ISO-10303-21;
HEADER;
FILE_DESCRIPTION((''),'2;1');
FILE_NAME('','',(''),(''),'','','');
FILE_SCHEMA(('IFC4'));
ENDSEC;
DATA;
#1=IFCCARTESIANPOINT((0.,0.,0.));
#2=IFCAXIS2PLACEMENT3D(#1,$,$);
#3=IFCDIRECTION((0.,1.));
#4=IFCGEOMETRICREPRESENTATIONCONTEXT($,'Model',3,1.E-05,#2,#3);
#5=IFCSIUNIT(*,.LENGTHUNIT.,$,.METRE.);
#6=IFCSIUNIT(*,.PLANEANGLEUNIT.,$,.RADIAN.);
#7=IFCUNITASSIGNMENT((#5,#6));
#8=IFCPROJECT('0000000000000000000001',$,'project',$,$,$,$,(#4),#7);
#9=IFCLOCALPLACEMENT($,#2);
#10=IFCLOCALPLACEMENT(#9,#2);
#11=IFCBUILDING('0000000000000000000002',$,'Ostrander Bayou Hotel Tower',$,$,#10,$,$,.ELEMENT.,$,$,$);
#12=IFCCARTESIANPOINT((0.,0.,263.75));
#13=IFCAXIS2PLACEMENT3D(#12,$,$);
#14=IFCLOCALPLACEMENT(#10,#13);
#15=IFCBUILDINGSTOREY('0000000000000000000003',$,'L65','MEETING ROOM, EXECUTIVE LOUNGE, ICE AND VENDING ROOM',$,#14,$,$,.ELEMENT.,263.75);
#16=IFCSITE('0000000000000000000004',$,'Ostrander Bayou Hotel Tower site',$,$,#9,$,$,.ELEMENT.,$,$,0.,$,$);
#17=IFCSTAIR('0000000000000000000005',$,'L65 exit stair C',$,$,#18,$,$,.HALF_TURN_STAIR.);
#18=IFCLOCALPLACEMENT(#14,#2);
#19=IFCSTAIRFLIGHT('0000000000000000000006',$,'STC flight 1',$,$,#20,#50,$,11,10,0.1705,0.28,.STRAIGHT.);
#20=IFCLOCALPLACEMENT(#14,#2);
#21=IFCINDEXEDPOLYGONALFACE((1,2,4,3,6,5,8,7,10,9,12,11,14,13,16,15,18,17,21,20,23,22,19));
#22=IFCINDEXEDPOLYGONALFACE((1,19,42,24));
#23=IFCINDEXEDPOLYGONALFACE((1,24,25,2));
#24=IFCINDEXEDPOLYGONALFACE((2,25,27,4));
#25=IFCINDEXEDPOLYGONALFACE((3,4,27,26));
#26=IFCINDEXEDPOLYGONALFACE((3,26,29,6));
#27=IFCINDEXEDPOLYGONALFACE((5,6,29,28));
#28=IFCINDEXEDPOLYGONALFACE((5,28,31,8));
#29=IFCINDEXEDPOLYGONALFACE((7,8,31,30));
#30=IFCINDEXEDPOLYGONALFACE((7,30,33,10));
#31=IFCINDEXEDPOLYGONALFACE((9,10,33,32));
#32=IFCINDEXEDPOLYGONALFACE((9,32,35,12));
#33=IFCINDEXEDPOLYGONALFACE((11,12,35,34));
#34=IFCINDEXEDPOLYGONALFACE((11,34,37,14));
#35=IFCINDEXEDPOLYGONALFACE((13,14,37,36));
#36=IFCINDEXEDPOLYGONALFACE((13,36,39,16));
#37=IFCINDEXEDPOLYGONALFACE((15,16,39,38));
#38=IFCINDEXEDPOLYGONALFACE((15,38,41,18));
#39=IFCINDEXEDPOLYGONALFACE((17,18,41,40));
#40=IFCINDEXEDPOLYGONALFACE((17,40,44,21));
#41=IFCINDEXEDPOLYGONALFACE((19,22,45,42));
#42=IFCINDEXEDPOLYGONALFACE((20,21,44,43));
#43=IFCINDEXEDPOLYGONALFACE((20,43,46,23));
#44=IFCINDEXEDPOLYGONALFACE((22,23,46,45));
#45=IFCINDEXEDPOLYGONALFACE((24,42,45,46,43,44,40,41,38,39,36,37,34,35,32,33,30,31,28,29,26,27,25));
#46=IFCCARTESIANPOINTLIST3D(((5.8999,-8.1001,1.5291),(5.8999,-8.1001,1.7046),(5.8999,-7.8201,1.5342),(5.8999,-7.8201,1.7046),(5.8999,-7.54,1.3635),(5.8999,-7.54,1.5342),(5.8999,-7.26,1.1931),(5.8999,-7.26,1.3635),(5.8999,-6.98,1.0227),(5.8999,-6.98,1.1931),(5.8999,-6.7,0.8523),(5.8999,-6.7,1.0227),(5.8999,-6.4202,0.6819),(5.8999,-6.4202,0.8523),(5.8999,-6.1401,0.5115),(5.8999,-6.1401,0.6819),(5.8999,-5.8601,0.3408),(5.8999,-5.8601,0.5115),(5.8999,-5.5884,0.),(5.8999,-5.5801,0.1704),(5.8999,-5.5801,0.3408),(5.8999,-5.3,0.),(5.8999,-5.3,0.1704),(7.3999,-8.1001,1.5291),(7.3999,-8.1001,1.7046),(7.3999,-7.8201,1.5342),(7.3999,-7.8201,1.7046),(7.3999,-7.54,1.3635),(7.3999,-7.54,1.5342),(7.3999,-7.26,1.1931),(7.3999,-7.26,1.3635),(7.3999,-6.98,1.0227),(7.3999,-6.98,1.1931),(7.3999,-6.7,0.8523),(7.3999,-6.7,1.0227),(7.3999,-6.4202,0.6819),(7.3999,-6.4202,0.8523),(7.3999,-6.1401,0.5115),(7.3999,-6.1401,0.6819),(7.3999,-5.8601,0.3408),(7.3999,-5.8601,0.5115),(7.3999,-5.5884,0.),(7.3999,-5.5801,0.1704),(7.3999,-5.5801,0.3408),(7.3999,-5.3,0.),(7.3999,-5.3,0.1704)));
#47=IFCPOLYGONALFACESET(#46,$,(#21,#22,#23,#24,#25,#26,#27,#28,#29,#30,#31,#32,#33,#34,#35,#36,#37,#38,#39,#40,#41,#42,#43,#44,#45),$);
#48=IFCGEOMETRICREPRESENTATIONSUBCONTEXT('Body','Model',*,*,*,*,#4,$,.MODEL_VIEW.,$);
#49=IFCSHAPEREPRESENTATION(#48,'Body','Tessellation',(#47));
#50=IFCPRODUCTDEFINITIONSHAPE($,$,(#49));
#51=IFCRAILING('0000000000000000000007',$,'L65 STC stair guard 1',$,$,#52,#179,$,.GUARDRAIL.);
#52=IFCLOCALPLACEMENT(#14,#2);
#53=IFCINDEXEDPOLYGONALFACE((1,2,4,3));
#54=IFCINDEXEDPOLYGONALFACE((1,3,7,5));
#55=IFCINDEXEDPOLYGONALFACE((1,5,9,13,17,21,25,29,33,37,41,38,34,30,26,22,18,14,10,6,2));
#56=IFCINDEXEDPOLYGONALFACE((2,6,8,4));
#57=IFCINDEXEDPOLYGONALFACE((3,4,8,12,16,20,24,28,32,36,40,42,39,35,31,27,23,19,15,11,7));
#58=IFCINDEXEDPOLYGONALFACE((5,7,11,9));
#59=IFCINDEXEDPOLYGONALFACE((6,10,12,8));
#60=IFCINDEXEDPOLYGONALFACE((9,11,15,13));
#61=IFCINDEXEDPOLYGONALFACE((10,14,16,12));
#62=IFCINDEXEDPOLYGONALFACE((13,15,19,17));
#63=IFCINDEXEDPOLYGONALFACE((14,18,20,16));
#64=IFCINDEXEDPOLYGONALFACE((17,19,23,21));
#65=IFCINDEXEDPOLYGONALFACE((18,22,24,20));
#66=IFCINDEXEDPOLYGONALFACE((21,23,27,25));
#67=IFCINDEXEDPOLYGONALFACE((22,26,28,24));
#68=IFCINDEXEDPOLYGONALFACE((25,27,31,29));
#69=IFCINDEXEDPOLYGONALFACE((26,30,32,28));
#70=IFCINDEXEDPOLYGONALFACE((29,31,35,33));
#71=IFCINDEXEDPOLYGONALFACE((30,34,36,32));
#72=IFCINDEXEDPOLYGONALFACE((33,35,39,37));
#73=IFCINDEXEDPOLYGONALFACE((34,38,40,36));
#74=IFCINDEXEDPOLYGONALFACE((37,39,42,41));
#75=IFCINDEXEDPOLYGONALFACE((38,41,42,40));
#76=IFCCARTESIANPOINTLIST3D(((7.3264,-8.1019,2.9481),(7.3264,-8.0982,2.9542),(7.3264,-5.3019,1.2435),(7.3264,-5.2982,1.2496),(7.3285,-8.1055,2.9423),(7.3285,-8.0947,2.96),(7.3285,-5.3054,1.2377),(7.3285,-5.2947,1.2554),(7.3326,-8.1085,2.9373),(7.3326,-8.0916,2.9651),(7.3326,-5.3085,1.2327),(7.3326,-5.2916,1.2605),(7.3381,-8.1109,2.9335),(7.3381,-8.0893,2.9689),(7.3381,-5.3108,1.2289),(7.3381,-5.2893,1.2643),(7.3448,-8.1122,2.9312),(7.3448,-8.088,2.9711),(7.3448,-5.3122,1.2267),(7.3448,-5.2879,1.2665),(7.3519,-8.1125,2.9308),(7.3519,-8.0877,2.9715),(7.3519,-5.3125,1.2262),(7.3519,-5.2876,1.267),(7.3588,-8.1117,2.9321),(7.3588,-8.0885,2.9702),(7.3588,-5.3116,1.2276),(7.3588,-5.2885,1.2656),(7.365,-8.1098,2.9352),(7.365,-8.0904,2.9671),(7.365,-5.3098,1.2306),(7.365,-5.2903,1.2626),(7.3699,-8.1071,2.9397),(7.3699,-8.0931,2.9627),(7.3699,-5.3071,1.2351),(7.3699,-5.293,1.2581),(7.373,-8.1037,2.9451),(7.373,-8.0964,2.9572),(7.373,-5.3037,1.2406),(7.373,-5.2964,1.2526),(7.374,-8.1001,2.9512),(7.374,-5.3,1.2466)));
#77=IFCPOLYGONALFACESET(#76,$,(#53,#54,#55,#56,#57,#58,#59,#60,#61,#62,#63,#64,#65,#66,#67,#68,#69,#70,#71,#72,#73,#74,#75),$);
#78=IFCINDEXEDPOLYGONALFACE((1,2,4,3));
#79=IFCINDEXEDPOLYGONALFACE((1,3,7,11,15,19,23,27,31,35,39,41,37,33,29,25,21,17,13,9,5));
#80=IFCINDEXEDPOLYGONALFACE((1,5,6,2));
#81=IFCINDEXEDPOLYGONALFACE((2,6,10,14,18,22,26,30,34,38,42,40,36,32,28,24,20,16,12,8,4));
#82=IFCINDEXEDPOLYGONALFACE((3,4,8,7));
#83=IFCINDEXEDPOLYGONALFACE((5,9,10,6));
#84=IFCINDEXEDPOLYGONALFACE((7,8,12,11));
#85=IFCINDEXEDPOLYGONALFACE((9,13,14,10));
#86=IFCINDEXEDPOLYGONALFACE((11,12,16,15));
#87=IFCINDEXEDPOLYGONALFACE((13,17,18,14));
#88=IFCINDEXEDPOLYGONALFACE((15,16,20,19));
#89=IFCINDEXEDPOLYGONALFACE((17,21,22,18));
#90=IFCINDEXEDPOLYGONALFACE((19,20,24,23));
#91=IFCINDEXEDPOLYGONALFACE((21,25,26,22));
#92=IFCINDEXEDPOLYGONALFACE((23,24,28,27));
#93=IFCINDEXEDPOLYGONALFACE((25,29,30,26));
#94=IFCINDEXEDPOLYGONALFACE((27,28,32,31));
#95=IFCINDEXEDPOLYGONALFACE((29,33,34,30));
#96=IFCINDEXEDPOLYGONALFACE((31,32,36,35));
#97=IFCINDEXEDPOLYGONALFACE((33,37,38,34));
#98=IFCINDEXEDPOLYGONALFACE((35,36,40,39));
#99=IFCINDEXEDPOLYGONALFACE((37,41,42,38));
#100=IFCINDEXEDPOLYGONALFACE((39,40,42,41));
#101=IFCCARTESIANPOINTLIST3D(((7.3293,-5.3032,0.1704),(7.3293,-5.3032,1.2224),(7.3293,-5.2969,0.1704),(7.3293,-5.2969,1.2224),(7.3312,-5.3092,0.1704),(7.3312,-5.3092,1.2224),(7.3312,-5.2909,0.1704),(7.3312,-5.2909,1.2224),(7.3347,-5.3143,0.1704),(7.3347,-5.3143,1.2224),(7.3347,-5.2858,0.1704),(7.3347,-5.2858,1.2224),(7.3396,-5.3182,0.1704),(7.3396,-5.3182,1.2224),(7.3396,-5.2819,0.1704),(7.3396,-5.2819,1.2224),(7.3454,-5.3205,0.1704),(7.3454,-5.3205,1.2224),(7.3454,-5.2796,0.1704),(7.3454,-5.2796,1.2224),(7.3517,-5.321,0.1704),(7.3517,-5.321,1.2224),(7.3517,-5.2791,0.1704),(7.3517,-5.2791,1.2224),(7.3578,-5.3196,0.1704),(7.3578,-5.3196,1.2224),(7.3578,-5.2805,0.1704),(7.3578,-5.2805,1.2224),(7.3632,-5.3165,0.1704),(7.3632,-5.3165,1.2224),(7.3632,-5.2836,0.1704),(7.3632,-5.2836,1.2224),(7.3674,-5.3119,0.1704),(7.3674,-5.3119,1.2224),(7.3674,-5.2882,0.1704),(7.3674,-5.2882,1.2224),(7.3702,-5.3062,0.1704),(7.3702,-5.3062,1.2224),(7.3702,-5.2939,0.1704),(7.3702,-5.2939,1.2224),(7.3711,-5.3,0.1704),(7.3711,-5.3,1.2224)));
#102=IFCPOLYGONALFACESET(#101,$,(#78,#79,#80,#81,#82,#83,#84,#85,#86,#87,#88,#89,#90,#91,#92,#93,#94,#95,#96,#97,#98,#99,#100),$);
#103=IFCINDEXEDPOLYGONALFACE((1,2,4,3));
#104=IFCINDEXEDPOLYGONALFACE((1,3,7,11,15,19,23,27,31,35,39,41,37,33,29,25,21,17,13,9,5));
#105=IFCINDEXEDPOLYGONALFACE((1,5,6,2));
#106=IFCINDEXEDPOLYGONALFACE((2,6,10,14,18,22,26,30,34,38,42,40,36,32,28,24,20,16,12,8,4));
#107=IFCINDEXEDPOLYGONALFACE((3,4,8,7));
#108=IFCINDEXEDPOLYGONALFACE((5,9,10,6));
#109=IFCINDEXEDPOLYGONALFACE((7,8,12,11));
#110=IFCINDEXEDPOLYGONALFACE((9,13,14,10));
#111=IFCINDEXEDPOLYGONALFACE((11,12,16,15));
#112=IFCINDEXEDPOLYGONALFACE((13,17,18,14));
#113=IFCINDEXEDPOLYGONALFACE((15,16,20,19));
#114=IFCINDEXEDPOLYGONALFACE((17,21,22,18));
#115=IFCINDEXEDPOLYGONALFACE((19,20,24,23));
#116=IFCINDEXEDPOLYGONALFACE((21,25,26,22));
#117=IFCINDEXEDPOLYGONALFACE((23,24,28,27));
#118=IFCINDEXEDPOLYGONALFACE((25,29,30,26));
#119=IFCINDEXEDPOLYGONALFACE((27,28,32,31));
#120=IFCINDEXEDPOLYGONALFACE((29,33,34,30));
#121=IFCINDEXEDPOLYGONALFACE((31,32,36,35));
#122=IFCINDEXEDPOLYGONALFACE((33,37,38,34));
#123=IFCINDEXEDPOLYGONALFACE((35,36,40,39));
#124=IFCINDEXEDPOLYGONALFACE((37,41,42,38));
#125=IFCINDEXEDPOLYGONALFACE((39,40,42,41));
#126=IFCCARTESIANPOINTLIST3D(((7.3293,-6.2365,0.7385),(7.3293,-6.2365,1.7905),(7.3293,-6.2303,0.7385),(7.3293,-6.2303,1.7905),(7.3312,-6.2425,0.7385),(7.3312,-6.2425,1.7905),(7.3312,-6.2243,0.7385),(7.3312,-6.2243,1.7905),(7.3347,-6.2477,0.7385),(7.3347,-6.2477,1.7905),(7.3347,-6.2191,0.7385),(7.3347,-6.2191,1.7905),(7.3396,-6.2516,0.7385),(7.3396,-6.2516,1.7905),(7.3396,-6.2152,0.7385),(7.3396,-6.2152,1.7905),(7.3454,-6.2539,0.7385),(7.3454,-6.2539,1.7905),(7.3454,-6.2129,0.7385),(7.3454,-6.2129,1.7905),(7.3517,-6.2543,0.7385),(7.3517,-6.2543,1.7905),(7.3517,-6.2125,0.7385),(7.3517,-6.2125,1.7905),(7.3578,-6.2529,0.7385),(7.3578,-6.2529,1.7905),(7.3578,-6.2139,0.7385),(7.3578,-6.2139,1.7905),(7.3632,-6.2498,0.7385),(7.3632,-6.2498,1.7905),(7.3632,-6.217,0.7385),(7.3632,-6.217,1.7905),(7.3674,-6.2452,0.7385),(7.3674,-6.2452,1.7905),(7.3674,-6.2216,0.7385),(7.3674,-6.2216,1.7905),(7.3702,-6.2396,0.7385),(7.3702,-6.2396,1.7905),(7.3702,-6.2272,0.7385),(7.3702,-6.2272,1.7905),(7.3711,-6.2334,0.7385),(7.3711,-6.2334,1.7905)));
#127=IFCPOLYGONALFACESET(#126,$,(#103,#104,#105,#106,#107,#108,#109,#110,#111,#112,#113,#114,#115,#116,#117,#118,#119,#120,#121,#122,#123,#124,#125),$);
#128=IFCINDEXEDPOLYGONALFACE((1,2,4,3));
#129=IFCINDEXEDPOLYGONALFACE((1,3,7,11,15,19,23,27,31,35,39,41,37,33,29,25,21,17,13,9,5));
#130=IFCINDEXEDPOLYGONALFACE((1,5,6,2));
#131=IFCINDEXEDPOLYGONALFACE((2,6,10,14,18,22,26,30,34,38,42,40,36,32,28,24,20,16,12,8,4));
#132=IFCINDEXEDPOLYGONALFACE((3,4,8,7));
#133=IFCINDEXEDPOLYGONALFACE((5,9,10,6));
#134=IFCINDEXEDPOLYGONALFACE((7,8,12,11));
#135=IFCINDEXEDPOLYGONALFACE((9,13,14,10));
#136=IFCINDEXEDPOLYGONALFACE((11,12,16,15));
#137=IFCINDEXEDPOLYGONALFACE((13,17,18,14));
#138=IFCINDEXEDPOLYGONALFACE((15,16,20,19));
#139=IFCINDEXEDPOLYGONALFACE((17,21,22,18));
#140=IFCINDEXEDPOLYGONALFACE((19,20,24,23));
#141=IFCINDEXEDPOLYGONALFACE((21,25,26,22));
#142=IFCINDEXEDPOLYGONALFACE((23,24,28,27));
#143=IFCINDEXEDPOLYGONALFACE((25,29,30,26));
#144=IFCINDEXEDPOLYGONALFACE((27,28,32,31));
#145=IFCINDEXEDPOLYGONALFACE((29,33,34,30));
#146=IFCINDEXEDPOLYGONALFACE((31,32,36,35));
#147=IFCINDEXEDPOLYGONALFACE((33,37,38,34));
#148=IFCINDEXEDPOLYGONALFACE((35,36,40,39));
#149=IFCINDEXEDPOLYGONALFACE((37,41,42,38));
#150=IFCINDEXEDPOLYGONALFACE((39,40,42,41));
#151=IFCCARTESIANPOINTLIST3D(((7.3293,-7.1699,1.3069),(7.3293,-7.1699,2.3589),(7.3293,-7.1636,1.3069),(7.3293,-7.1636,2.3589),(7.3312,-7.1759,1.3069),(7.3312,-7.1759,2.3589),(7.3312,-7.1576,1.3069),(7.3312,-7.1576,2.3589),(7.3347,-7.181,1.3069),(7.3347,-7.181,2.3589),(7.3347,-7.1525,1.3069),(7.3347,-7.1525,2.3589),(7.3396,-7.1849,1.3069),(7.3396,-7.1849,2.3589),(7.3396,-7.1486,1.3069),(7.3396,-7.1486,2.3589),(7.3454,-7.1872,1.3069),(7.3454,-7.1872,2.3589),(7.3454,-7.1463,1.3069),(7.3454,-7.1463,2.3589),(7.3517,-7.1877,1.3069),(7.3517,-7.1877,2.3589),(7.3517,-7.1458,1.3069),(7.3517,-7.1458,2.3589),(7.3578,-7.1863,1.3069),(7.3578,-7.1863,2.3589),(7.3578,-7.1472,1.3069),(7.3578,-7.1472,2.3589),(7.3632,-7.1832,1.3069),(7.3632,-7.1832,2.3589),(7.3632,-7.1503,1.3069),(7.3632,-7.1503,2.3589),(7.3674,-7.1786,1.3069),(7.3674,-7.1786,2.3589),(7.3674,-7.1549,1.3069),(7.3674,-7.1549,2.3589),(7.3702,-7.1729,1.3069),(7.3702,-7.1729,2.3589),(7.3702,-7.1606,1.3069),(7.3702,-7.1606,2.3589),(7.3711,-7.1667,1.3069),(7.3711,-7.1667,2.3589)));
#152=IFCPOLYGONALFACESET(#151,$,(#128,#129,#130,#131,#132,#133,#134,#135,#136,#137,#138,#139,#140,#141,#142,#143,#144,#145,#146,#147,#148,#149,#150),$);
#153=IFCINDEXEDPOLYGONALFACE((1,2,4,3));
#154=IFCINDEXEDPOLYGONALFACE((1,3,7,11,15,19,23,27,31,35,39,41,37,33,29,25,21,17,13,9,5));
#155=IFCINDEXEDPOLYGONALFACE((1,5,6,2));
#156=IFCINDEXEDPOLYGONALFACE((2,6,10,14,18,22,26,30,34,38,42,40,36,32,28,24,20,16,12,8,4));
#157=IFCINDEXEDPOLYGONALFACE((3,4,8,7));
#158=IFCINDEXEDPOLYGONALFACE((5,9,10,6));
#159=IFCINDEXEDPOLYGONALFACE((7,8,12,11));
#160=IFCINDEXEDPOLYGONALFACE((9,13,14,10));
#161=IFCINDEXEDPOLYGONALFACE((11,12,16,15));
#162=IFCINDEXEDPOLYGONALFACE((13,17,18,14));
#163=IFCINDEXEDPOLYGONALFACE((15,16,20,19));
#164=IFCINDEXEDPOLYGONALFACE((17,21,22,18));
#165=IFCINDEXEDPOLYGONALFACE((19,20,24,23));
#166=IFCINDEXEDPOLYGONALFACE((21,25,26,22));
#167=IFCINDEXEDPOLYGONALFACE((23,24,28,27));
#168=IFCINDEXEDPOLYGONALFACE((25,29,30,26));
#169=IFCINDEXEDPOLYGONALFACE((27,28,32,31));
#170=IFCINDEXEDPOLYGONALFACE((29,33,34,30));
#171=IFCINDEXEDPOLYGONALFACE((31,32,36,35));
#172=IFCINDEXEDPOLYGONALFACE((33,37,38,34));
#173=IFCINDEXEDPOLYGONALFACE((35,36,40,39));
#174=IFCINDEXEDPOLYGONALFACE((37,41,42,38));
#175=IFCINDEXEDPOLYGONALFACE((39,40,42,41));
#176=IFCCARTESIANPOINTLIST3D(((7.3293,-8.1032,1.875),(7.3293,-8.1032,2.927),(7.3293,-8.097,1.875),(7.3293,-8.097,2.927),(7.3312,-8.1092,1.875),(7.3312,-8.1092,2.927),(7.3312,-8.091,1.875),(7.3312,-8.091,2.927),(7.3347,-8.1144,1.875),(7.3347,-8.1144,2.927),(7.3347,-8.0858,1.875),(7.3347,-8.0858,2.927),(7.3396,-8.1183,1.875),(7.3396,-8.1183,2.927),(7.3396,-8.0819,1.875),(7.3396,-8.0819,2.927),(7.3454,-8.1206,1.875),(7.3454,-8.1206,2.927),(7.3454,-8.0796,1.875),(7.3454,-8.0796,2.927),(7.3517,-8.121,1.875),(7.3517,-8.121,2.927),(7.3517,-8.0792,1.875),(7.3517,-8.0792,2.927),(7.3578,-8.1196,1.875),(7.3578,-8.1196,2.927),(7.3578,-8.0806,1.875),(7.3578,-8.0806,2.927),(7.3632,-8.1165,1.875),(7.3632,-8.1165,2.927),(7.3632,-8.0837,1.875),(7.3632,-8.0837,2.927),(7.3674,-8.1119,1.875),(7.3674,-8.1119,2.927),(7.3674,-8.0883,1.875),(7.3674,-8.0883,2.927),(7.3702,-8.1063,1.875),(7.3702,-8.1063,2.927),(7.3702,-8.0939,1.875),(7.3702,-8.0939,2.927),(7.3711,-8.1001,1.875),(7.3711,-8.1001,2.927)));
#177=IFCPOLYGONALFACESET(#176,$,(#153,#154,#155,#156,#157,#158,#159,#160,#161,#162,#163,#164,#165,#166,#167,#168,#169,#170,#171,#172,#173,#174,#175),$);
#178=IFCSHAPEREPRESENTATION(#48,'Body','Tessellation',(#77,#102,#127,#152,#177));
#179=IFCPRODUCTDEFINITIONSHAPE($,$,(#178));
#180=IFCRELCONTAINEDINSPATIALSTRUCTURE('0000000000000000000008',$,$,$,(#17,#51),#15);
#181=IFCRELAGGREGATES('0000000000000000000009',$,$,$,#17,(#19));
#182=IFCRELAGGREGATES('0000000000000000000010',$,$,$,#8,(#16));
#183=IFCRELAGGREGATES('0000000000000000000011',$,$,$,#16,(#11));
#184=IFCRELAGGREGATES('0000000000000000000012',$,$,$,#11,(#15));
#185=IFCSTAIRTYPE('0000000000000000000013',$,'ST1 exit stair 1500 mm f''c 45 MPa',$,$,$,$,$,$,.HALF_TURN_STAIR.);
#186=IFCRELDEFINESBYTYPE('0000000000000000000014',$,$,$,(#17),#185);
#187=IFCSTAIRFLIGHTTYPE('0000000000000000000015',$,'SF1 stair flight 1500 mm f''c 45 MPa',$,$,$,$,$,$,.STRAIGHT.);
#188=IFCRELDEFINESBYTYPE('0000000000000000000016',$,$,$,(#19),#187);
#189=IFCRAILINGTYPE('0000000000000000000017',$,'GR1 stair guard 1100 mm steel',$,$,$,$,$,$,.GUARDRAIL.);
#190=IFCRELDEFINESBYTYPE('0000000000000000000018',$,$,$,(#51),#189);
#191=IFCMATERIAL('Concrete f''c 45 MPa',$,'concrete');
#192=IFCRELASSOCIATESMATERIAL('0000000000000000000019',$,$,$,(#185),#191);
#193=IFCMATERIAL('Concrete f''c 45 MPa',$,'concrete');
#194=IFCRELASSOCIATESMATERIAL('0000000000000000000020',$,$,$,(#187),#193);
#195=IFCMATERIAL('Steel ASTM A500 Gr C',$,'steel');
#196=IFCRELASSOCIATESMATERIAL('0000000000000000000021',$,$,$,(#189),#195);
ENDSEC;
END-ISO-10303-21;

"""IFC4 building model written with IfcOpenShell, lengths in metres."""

from ifc_helpers import new_model, si_unit, direction, frame, origin, origin_2d, place, context, subcontext, project, spatial, polyline, circle, outline, extrude, material, type_object, element, aggregate, save


model = new_model("IFC4")

# Units and contexts
model_context = context("Model", 3, precision=1e-05, world=origin(), true_north=direction((0.0, 1.0)))
body_context = subcontext(model_context, "Body", "Model", "MODEL_VIEW")
ifc_project = project(units=[si_unit("LENGTHUNIT", "METRE"), si_unit("PLANEANGLEUNIT", "RADIAN")], contexts=[model_context])

# Site, building, storey
site_placement = place(None, origin())
site = spatial("IfcSite", under=ifc_project, at=site_placement, Name="Ostrander Bayou Hotel Tower site", CompositionType="ELEMENT", RefElevation=0.0)
building_placement = place(site_placement, origin())
building = spatial("IfcBuilding", under=site, at=building_placement, Name="Ostrander Bayou Hotel Tower", CompositionType="ELEMENT")
storey_placement = place(building_placement, frame((0.0, 0.0, 263.75)))
storey = spatial("IfcBuildingStorey", under=building, at=storey_placement, Name="L65", Description="MEETING ROOM, EXECUTIVE LOUNGE, ICE AND VENDING ROOM", CompositionType="ELEMENT", Elevation=263.75)

# Stair, stair flight
ifc_material_1 = material(Name="Concrete f'c 45 MPa", Category="concrete")
stair_type = type_object("IfcStairType", Name="ST1 exit stair 1500 mm f'c 45 MPa", PredefinedType="HALF_TURN_STAIR", material=ifc_material_1)
stair_placement = place(storey_placement, origin())
stair = element("IfcStair", 1, at=stair_placement, inside=storey, type_object=stair_type, Name="L65 exit stair C", PredefinedType="HALF_TURN_STAIR")
ifc_material_2 = material(Name="Concrete f'c 45 MPa", Category="concrete")
stair_flight_type = type_object("IfcStairFlightType", Name="SF1 stair flight 1500 mm f'c 45 MPa", PredefinedType="STRAIGHT", material=ifc_material_2)
stair_flight_placement = place(storey_placement, frame((6.6499, -5.3, 0.0), z_axis=(0.0, 0.0, 1.0), x_axis=(0.0, -1.0, 0.0)))
stair_flight = element("IfcStairFlight", 2, at=stair_flight_placement, type_object=stair_flight_type, Name="STC flight 1", NumberOfRisers=11, NumberOfTreads=10, PredefinedType="STRAIGHT", RiserHeight=0.1705, TreadLength=0.28, context=body_context, shape_type="SweptSolid", body=[
    extrude(outline(polyline([(0.0, 0.0), (0.0, 0.1704), (0.28, 0.1704), (0.28, 0.3408), (0.5601, 0.3408), (0.5601, 0.5115), (0.8401, 0.5115), (0.8401, 0.6819), (1.1201, 0.6819), (1.1201, 0.8523), (1.3999, 0.8523), (1.3999, 1.0227), (1.6799, 1.0227), (1.6799, 1.1931), (1.96, 1.1931), (1.96, 1.3635), (2.24, 1.3635), (2.24, 1.5342), (2.52, 1.5342), (2.52, 1.7046), (2.8, 1.7046), (2.8, 1.875), (2.8, 1.5291), (0.2883, 0.0), (0.0, 0.0)])), frame((0.0, 0.75, 0.0), z_axis=(0.0, -1.0, 0.0), x_axis=(1.0, 0.0, 0.0)), (0.0, 0.0, 1.0), 1.5),
])
aggregate(stair, [stair_flight])

# Railing
ifc_material_3 = material(Name="Steel ASTM A500 Gr C", Category="steel")
railing_type_1 = type_object("IfcRailingType", Name="GR1 stair guard 1100 mm steel", PredefinedType="GUARDRAIL", material=ifc_material_3)
railing_1_placement = place(storey_placement, frame((7.3501, -5.3, 0.1704)))
element("IfcRailing", 3, at=railing_1_placement, inside=storey, type_object=railing_type_1, Name="L65 STC stair guard 1", PredefinedType="GUARDRAIL", context=body_context, shape_type="SweptSolid", body=[
    extrude(circle(Radius=0.0239, at=origin_2d()), frame((0.0, 0.0, 1.0762), z_axis=(0.0, -0.85417, 0.519994), x_axis=(1.0, 0.0, 0.0)), (0.0, 0.0, 1.0), 3.2781),
    extrude(circle(Radius=0.021, at=origin_2d()), origin(), (0.0, 0.0, 1.0), 1.052),
    extrude(circle(Radius=0.021, at=origin_2d()), frame((0.0, -0.9333, 0.5681)), (0.0, 0.0, 1.0), 1.052),
    extrude(circle(Radius=0.021, at=origin_2d()), frame((0.0, -1.8667, 1.1365)), (0.0, 0.0, 1.0), 1.052),
    extrude(circle(Radius=0.021, at=origin_2d()), frame((0.0, -2.8, 1.7046)), (0.0, 0.0, 1.0), 1.052),
])

save(model, "model.ifc")
